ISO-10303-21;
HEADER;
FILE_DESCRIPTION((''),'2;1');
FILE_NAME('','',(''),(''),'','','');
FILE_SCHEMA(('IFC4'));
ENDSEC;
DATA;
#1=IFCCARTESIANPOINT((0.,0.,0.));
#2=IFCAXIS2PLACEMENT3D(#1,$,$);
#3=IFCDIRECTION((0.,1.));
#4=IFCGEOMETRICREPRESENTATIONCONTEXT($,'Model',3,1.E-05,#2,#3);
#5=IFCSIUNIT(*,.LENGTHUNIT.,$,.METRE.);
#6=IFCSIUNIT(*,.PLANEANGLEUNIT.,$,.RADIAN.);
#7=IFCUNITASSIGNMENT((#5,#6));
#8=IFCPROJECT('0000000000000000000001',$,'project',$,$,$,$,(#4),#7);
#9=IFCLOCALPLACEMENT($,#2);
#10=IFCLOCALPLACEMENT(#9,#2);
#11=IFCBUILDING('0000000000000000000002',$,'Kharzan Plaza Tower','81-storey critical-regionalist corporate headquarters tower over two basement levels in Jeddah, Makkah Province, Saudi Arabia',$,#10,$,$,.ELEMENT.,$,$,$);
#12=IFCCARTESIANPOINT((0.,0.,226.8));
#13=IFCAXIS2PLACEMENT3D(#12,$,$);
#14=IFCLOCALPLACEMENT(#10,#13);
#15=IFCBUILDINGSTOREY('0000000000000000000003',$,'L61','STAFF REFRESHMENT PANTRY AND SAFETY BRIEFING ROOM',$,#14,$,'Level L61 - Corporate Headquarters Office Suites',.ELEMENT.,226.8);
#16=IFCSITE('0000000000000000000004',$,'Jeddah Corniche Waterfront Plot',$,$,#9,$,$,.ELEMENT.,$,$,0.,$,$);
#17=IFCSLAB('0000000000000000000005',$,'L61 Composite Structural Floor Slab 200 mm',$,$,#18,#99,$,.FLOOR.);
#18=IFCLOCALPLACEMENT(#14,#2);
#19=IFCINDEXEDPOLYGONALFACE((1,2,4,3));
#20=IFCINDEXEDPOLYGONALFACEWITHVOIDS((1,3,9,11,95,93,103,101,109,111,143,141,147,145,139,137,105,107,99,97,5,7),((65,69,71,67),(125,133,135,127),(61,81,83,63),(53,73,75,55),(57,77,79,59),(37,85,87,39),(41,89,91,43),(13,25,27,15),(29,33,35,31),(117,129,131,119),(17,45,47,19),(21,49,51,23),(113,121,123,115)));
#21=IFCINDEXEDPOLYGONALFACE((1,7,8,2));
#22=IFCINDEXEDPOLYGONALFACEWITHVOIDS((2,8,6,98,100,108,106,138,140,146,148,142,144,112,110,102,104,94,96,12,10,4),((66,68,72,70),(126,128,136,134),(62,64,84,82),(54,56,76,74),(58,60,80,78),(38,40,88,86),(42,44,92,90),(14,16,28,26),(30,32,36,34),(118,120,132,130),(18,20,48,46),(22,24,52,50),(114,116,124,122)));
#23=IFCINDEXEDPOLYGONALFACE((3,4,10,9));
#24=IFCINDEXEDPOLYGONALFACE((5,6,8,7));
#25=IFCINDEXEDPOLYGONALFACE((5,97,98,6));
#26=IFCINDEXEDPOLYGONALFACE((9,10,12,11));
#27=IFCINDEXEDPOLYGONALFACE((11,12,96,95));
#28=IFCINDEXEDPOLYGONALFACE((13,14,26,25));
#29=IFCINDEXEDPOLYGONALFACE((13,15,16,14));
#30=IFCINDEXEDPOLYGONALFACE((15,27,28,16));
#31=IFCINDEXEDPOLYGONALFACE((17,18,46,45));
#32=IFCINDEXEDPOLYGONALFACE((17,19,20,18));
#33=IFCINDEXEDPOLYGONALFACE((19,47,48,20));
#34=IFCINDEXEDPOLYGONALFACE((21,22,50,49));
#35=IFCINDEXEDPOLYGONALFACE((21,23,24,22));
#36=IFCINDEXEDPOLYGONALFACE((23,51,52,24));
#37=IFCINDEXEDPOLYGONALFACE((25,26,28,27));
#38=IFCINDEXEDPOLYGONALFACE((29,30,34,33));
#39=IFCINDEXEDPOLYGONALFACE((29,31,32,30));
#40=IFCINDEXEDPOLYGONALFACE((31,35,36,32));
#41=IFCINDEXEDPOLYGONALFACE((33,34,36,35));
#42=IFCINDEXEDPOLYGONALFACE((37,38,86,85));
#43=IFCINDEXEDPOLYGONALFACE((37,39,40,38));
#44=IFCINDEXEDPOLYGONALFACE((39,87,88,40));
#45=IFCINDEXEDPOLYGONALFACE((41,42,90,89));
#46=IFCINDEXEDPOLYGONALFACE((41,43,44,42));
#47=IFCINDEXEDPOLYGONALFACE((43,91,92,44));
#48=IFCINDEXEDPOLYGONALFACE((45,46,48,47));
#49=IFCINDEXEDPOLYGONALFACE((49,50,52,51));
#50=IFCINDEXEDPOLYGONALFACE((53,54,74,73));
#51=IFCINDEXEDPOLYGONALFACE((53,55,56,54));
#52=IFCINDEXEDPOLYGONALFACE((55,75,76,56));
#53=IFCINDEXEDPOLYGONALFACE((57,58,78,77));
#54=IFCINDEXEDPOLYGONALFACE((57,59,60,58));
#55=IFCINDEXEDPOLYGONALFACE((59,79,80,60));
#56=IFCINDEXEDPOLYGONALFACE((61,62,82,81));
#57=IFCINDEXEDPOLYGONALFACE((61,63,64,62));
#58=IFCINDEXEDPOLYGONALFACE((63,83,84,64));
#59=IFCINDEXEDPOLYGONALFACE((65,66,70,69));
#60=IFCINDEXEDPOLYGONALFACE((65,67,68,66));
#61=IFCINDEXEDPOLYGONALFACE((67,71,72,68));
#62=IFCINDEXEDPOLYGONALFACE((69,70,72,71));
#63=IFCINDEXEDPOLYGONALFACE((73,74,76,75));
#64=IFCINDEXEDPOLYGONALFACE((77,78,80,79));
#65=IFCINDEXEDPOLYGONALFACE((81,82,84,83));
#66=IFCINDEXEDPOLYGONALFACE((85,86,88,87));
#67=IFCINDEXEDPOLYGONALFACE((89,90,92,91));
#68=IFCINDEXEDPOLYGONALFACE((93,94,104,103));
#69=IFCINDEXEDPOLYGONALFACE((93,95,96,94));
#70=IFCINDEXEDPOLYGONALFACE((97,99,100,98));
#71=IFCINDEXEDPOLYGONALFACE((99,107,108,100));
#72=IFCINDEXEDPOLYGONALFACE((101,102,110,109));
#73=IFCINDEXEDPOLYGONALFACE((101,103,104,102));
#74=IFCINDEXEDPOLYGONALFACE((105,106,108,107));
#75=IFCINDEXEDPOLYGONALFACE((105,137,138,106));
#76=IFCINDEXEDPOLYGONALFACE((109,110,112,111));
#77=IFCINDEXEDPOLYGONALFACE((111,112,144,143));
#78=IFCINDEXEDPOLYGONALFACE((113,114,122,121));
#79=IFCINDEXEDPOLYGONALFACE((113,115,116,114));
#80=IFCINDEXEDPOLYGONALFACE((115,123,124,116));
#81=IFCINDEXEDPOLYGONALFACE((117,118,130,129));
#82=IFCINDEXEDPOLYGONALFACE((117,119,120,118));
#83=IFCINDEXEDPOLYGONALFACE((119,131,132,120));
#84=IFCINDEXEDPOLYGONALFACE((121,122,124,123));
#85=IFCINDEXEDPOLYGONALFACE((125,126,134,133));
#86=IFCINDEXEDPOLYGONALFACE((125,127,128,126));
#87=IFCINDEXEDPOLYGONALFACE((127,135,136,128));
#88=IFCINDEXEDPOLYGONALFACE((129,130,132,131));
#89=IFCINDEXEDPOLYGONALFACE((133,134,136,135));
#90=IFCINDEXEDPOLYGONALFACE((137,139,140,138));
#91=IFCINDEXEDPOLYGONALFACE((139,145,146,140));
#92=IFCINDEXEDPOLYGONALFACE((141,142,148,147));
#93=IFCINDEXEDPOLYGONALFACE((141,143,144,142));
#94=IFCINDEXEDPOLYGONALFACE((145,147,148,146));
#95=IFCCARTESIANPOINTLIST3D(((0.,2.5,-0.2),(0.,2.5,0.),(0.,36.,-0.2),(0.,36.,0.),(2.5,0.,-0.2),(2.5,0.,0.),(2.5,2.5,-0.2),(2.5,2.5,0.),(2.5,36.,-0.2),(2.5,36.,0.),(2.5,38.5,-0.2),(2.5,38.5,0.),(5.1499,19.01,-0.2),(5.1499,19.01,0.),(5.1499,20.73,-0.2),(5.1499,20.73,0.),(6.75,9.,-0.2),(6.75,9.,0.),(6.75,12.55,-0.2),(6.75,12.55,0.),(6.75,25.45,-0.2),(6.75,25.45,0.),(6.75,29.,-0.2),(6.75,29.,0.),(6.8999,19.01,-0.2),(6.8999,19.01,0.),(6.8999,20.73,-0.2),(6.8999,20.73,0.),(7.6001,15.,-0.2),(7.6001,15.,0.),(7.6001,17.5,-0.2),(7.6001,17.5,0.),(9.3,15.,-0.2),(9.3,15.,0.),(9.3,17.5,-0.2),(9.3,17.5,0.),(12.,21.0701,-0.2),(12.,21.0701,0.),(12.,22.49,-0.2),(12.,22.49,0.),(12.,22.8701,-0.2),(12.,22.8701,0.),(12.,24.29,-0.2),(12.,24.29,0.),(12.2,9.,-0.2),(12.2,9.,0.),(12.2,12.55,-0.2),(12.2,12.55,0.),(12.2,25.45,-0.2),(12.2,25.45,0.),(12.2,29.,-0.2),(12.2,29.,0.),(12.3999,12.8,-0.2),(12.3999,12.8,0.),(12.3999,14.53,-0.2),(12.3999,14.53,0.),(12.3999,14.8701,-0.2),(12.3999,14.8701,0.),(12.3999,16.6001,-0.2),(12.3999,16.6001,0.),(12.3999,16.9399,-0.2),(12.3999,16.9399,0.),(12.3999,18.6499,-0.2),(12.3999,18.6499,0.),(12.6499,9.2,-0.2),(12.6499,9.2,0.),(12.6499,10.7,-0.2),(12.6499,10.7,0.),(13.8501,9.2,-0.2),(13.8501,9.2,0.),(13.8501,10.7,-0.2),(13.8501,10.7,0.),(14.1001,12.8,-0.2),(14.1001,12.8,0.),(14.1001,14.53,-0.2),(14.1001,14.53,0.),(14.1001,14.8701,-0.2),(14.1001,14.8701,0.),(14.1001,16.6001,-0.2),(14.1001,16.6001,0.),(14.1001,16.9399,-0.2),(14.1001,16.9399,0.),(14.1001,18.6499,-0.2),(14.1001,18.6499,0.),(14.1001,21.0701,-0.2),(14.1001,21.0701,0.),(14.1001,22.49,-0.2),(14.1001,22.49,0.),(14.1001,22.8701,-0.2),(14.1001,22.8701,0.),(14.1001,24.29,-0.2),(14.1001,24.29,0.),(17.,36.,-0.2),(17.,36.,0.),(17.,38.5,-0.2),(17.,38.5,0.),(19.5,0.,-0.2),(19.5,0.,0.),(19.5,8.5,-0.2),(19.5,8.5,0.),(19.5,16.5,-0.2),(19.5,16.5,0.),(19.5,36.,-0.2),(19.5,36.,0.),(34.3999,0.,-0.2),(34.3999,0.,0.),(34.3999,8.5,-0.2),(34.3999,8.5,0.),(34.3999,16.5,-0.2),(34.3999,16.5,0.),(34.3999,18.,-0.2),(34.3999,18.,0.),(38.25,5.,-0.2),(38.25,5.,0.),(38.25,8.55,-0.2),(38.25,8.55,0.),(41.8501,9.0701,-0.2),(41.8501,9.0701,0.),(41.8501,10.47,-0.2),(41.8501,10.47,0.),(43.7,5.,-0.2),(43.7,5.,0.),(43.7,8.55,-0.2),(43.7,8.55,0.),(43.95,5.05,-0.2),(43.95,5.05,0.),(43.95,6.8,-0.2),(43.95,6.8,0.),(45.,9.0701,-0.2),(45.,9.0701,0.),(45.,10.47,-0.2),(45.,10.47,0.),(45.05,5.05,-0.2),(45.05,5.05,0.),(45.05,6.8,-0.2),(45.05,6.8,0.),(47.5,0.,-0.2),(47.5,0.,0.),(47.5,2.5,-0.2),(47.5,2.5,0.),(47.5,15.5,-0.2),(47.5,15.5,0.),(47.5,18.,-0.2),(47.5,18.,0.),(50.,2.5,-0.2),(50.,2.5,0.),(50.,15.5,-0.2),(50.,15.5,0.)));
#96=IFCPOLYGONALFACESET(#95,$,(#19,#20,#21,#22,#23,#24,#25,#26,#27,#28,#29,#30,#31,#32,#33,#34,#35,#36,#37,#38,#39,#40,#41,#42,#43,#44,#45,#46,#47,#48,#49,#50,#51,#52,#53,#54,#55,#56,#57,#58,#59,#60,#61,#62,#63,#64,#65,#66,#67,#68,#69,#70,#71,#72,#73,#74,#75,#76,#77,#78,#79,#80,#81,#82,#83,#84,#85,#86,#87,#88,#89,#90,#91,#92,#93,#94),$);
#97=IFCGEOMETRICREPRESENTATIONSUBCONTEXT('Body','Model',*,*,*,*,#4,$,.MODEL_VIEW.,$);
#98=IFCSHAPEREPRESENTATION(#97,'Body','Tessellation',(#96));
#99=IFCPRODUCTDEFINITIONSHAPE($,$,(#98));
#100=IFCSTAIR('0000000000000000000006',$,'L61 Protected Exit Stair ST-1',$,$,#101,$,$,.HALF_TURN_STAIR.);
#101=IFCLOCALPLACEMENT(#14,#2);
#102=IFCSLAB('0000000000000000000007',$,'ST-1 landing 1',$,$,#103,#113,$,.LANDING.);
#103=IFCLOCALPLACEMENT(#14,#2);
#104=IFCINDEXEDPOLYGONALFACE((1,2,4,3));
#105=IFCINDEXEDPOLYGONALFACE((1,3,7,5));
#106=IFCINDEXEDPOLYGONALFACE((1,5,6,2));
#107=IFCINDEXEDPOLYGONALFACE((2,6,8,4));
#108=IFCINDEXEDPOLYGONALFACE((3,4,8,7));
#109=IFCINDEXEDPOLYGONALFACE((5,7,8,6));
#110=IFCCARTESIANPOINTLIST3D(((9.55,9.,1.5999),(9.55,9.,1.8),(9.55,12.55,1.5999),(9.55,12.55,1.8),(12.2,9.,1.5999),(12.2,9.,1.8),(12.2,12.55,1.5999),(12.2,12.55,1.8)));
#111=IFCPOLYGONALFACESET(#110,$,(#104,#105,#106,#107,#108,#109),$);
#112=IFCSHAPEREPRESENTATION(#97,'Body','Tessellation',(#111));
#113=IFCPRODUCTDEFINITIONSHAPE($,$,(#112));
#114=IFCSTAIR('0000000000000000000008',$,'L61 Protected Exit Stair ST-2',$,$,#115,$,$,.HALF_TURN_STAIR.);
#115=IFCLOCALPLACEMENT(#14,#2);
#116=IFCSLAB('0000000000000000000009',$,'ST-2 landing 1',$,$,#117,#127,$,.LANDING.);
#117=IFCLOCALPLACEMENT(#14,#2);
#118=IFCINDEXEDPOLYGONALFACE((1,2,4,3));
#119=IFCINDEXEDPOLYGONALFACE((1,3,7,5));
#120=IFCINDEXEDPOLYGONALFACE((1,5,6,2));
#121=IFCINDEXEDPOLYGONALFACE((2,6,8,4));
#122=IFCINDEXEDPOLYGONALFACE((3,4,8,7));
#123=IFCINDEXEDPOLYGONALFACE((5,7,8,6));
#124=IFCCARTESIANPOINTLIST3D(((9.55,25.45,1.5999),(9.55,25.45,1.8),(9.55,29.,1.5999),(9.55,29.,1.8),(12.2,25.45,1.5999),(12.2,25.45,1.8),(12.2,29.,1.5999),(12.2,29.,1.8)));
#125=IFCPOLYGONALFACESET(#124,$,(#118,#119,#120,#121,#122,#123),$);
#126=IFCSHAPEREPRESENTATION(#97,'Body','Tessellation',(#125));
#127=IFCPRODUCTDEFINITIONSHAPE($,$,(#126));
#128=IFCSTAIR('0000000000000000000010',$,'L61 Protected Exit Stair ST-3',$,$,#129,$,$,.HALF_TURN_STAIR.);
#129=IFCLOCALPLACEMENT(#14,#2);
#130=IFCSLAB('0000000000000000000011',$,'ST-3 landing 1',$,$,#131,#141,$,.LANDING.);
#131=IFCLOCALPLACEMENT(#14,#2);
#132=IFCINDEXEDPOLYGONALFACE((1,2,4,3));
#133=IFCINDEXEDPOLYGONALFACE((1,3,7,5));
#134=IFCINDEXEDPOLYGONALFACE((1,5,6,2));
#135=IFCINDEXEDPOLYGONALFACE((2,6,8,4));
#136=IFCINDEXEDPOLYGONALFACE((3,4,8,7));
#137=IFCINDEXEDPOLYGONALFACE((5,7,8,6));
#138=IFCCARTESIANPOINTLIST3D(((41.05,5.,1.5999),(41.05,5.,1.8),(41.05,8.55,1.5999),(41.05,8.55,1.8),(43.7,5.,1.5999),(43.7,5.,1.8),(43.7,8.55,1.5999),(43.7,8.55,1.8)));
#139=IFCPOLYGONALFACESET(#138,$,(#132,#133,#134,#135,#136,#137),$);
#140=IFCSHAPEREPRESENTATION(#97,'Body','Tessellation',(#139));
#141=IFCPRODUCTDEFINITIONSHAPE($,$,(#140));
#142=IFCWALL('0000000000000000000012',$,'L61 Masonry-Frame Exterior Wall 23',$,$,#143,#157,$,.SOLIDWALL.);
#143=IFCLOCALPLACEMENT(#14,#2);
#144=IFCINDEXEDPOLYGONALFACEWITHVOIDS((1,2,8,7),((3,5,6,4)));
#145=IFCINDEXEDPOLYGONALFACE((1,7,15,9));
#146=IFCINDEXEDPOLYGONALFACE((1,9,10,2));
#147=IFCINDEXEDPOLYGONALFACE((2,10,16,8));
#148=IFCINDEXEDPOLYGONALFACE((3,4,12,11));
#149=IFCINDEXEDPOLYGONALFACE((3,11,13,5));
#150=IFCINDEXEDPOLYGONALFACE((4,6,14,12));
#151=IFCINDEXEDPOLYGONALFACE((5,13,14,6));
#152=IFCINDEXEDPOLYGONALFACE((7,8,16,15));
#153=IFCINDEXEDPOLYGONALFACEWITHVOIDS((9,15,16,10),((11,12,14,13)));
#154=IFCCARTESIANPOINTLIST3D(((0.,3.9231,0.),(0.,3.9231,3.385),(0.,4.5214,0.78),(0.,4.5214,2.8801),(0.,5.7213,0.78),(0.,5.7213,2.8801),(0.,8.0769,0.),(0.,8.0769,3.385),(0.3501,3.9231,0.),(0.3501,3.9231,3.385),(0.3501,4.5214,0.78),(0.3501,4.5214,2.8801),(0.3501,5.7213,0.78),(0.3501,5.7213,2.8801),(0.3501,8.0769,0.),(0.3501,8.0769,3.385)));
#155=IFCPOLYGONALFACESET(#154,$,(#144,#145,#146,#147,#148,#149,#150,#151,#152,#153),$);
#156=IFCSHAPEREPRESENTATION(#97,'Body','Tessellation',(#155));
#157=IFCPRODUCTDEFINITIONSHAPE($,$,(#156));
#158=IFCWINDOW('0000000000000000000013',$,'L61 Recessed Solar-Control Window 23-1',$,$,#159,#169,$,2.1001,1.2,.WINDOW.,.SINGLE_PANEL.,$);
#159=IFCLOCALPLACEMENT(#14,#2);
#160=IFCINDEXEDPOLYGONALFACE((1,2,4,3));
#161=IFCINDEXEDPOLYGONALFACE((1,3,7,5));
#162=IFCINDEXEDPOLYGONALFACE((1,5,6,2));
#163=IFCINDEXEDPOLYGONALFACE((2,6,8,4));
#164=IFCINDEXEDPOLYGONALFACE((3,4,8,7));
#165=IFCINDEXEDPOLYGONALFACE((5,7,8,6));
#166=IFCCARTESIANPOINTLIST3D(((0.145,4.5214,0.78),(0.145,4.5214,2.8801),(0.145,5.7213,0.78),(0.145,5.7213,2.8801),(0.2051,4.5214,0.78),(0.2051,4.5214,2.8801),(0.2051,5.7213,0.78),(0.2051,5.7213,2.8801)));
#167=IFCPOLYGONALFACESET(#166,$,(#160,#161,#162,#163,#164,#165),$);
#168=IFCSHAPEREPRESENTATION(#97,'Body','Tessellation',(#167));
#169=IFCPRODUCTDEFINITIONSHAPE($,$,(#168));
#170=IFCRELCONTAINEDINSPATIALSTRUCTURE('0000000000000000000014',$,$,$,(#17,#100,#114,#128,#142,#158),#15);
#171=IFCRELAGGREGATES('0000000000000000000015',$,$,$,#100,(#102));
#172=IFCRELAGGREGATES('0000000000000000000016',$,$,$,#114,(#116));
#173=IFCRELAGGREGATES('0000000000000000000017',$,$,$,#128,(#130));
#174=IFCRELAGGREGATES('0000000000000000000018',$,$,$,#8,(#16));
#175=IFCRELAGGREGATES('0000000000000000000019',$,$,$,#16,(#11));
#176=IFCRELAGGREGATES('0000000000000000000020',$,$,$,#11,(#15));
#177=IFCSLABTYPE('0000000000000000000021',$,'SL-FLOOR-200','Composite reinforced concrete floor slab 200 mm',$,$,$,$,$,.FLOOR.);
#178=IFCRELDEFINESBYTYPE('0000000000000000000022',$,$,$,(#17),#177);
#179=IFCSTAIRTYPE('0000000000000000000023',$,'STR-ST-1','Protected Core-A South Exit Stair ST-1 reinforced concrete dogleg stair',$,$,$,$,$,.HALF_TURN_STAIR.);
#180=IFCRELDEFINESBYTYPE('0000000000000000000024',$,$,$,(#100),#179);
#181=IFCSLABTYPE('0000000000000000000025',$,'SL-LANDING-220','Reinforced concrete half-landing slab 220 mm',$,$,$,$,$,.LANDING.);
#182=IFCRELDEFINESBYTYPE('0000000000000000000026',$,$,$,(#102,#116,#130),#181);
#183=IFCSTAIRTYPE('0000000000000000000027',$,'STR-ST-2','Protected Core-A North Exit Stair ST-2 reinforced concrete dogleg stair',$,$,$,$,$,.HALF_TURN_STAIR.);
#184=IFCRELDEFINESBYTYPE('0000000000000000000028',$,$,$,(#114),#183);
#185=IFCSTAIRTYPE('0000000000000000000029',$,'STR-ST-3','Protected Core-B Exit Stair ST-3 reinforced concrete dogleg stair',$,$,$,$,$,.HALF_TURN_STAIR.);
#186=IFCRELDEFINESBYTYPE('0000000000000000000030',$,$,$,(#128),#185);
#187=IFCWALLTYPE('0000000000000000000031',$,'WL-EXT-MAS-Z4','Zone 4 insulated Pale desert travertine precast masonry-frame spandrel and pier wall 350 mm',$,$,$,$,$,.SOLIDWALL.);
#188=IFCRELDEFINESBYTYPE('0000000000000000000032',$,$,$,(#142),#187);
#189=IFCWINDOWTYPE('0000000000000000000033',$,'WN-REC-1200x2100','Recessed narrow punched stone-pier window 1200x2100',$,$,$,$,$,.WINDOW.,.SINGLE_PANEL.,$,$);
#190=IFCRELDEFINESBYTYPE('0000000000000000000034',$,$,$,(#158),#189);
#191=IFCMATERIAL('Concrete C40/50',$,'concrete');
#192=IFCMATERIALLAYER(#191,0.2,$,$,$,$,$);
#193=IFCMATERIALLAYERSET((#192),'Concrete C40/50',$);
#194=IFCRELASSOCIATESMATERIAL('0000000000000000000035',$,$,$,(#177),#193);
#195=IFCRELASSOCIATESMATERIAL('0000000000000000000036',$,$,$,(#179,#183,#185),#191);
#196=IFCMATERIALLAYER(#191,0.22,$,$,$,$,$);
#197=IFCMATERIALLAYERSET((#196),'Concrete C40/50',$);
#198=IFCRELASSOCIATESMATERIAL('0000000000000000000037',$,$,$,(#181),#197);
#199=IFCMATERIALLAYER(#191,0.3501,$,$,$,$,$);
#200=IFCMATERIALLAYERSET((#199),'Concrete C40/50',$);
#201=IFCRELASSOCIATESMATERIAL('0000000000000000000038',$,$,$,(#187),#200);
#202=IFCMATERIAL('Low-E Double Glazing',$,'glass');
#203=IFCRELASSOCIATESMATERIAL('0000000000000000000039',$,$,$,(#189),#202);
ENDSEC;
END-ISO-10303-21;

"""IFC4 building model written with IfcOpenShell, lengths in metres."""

from ifc_helpers import new_model, si_unit, direction, frame, frame_2d, origin, place, context, subcontext, project, spatial, polyline, rectangle, outline, extrude, source, transform, mapped, material, layer, layer_set, type_object, element, fill, aggregate, save


model = new_model("IFC4")

# Units and contexts
model_context = context("Model", 3, precision=1e-05, world=origin(), true_north=direction((0.0, 1.0)))
body_context = subcontext(model_context, "Body", "Model", "MODEL_VIEW")
ifc_project = project(units=[si_unit("LENGTHUNIT", "METRE"), si_unit("PLANEANGLEUNIT", "RADIAN")], contexts=[model_context])

# Site, building, storey
site_placement = place(None, origin())
site = spatial("IfcSite", under=ifc_project, at=site_placement, Name="Jeddah Corniche Waterfront Plot", CompositionType="ELEMENT", RefElevation=0.0)
building_placement = place(site_placement, origin())
building = spatial("IfcBuilding", under=site, at=building_placement, Name="Kharzan Plaza Tower", Description="81-storey critical-regionalist corporate headquarters tower over two basement levels in Jeddah, Makkah Province, Saudi Arabia", CompositionType="ELEMENT")
storey_placement = place(building_placement, frame((0.0, 0.0, 226.8)))
storey = spatial("IfcBuildingStorey", under=building, at=storey_placement, Name="L61", Description="STAFF REFRESHMENT PANTRY AND SAFETY BRIEFING ROOM", LongName="Level L61 - Corporate Headquarters Office Suites", CompositionType="ELEMENT", Elevation=226.8)

# Slab
ifc_material_1 = material(Name="Concrete C40/50", Category="concrete")
ifc_layer_1 = layer(ifc_material_1, 0.2)
ifc_layer_set_1 = layer_set([ifc_layer_1], Name="Concrete C40/50")
slab_type_1 = type_object("IfcSlabType", Name="SL-FLOOR-200", Description="Composite reinforced concrete floor slab 200 mm", PredefinedType="FLOOR", material=ifc_layer_set_1)
slab_1_placement = place(storey_placement, frame((0.0, 0.0, -0.2)))
element("IfcSlab", 1, at=slab_1_placement, inside=storey, type_object=slab_type_1, Name="L61 Composite Structural Floor Slab 200 mm", PredefinedType="FLOOR", context=body_context, shape_type="SweptSolid", body=[
    extrude(outline(polyline([(34.3999, 16.5), (19.5, 16.5), (19.5, 36.0), (17.0, 36.0), (17.0, 38.5), (2.5, 38.5), (2.5, 36.0), (0.0, 36.0), (0.0, 2.5), (2.5, 2.5), (2.5, 0.0), (19.5, 0.0), (19.5, 8.5), (34.3999, 8.5), (34.3999, 0.0), (47.5, 0.0), (47.5, 2.5), (50.0, 2.5), (50.0, 15.5), (47.5, 15.5), (47.5, 18.0), (34.3999, 18.0), (34.3999, 16.5)]), holes=[polyline([(12.2, 12.55), (6.75, 12.55), (6.75, 9.0), (12.2, 9.0), (12.2, 12.55)]), polyline([(14.1001, 12.8), (14.1001, 14.53), (12.3999, 14.53), (12.3999, 12.8), (14.1001, 12.8)]), polyline([(9.3, 15.0), (9.3, 17.5), (7.6001, 17.5), (7.6001, 15.0), (9.3, 15.0)]), polyline([(6.8999, 20.73), (5.1499, 20.73), (5.1499, 19.01), (6.8999, 19.01), (6.8999, 20.73)]), polyline([(14.1001, 21.0701), (14.1001, 22.49), (12.0, 22.49), (12.0, 21.0701), (14.1001, 21.0701)]), polyline([(14.1001, 22.8701), (14.1001, 24.29), (12.0, 24.29), (12.0, 22.8701), (14.1001, 22.8701)]), polyline([(12.2, 29.0), (6.75, 29.0), (6.75, 25.45), (12.2, 25.45), (12.2, 29.0)]), polyline([(45.05, 5.05), (45.05, 6.8), (43.95, 6.8), (43.95, 5.05), (45.05, 5.05)]), polyline([(43.7, 5.0), (43.7, 8.55), (38.25, 8.55), (38.25, 5.0), (43.7, 5.0)]), polyline([(45.0, 9.0701), (45.0, 10.47), (41.8501, 10.47), (41.8501, 9.0701), (45.0, 9.0701)]), polyline([(13.8501, 9.2), (13.8501, 10.7), (12.6499, 10.7), (12.6499, 9.2), (13.8501, 9.2)]), polyline([(14.1001, 14.8701), (14.1001, 16.6001), (12.3999, 16.6001), (12.3999, 14.8701), (14.1001, 14.8701)]), polyline([(14.1001, 16.9399), (14.1001, 18.6499), (12.3999, 18.6499), (12.3999, 16.9399), (14.1001, 16.9399)])]), origin(), (0.0, 0.0, 1.0), 0.2),
])

# Stairs, slabs
stair_type_1 = type_object("IfcStairType", Name="STR-ST-1", Description="Protected Core-A South Exit Stair ST-1 reinforced concrete dogleg stair", PredefinedType="HALF_TURN_STAIR", material=ifc_material_1)
stair_1_placement = place(storey_placement, origin())
stair_1 = element("IfcStair", 2, at=stair_1_placement, inside=storey, type_object=stair_type_1, Name="L61 Protected Exit Stair ST-1", PredefinedType="HALF_TURN_STAIR")
ifc_layer_2 = layer(ifc_material_1, 0.22)
ifc_layer_set_2 = layer_set([ifc_layer_2], Name="Concrete C40/50")
slab_type_2 = type_object("IfcSlabType", Name="SL-LANDING-220", Description="Reinforced concrete half-landing slab 220 mm", PredefinedType="LANDING", material=ifc_layer_set_2)
slab_2_placement = place(storey_placement, frame((0.0, 0.0, 1.5999)))
slab_2 = element("IfcSlab", 3, at=slab_2_placement, type_object=slab_type_2, Name="ST-1 landing 1", PredefinedType="LANDING", context=body_context, shape_type="SweptSolid", body=[
    extrude(outline(polyline([(9.55, 9.0), (12.2, 9.0), (12.2, 12.55), (9.55, 12.55), (9.55, 9.0)])), origin(), (0.0, 0.0, 1.0), 0.2002),
])
aggregate(stair_1, [slab_2])
stair_type_2 = type_object("IfcStairType", Name="STR-ST-2", Description="Protected Core-A North Exit Stair ST-2 reinforced concrete dogleg stair", PredefinedType="HALF_TURN_STAIR", material=ifc_material_1)
stair_2_placement = place(storey_placement, origin())
stair_2 = element("IfcStair", 4, at=stair_2_placement, inside=storey, type_object=stair_type_2, Name="L61 Protected Exit Stair ST-2", PredefinedType="HALF_TURN_STAIR")
slab_3_placement = place(storey_placement, frame((0.0, 0.0, 1.5999)))
slab_3 = element("IfcSlab", 5, at=slab_3_placement, type_object=slab_type_2, Name="ST-2 landing 1", PredefinedType="LANDING", context=body_context, shape_type="SweptSolid", body=[
    extrude(outline(polyline([(9.55, 25.45), (12.2, 25.45), (12.2, 29.0), (9.55, 29.0), (9.55, 25.45)])), origin(), (0.0, 0.0, 1.0), 0.2002),
])
aggregate(stair_2, [slab_3])
stair_type_3 = type_object("IfcStairType", Name="STR-ST-3", Description="Protected Core-B Exit Stair ST-3 reinforced concrete dogleg stair", PredefinedType="HALF_TURN_STAIR", material=ifc_material_1)
stair_3_placement = place(storey_placement, origin())
stair_3 = element("IfcStair", 6, at=stair_3_placement, inside=storey, type_object=stair_type_3, Name="L61 Protected Exit Stair ST-3", PredefinedType="HALF_TURN_STAIR")
slab_4_placement = place(storey_placement, frame((0.0, 0.0, 1.5999)))
slab_4 = element("IfcSlab", 7, at=slab_4_placement, type_object=slab_type_2, Name="ST-3 landing 1", PredefinedType="LANDING", context=body_context, shape_type="SweptSolid", body=[
    extrude(outline(polyline([(41.05, 5.0), (43.7, 5.0), (43.7, 8.55), (41.05, 8.55), (41.05, 5.0)])), origin(), (0.0, 0.0, 1.0), 0.2002),
])
aggregate(stair_3, [slab_4])

# Wall, opening, window
ifc_layer_3 = layer(ifc_material_1, 0.3501)
ifc_layer_set_3 = layer_set([ifc_layer_3], Name="Concrete C40/50")
wall_type_1 = type_object("IfcWallType", Name="WL-EXT-MAS-Z4", Description="Zone 4 insulated Pale desert travertine precast masonry-frame spandrel and pier wall 350 mm", PredefinedType="SOLIDWALL", material=ifc_layer_set_3)
wall_1_placement = place(storey_placement, frame((0.175, 8.0769, 0.0), z_axis=(0.0, 0.0, 1.0), x_axis=(0.0, -1.0, 0.0)))
wall_1 = element("IfcWall", 8, at=wall_1_placement, inside=storey, type_object=wall_type_1, Name="L61 Masonry-Frame Exterior Wall 23", PredefinedType="SOLIDWALL", context=body_context, shape_type="SweptSolid", body=[
    extrude(rectangle(XDim=4.1538, YDim=0.3501, at=frame_2d((2.0769, 0.0))), origin(), (0.0, 0.0, 1.0), 3.385),
])
opening_1_placement = place(wall_1_placement, frame((2.3555, 0.0, 0.78)))
opening_1 = element("IfcOpeningElement", 9, at=opening_1_placement, cuts=wall_1, PredefinedType="OPENING", context=body_context, shape_type="SweptSolid", body=[
    extrude(rectangle(XDim=1.2, YDim=2.1001, at=frame_2d((0.6001, 1.05))), frame((0.0, 0.1851, 0.0), z_axis=(0.0, -1.0, 0.0), x_axis=(1.0, 0.0, 0.0)), (0.0, 0.0, 1.0), 0.3701),
])
ifc_material_2 = material(Name="Low-E Double Glazing", Category="glass")
window_type_1 = type_object("IfcWindowType", Name="WN-REC-1200x2100", Description="Recessed narrow punched stone-pier window 1200x2100", PartitioningType="SINGLE_PANEL", PredefinedType="WINDOW", material=ifc_material_2)
shared_shape_1 = source(origin(), body_context, "Body", "SweptSolid", [
    extrude(rectangle(XDim=1.2, YDim=2.1001, at=frame_2d((0.6001, 1.05))), frame((0.0, 0.03, 0.0), z_axis=(0.0, -1.0, 0.0), x_axis=(1.0, 0.0, 0.0)), (0.0, 0.0, 1.0), 0.0601),
])
window_1_placement = place(opening_1_placement, origin())
window_1 = element("IfcWindow", 10, at=window_1_placement, inside=storey, type_object=window_type_1, Name="L61 Recessed Solar-Control Window 23-1", OverallHeight=2.1001, OverallWidth=1.2, PartitioningType="SINGLE_PANEL", PredefinedType="WINDOW", context=body_context, shape_type="MappedRepresentation", body=[
    mapped(shared_shape_1, transform((0.0, 0.0, 0.0), x_axis=(1.0, 0.0, 0.0), y_axis=(0.0, 1.0, 0.0), z_axis=(0.0, 0.0, 1.0))),
])
fill(opening_1, window_1)

save(model, "model.ifc")
